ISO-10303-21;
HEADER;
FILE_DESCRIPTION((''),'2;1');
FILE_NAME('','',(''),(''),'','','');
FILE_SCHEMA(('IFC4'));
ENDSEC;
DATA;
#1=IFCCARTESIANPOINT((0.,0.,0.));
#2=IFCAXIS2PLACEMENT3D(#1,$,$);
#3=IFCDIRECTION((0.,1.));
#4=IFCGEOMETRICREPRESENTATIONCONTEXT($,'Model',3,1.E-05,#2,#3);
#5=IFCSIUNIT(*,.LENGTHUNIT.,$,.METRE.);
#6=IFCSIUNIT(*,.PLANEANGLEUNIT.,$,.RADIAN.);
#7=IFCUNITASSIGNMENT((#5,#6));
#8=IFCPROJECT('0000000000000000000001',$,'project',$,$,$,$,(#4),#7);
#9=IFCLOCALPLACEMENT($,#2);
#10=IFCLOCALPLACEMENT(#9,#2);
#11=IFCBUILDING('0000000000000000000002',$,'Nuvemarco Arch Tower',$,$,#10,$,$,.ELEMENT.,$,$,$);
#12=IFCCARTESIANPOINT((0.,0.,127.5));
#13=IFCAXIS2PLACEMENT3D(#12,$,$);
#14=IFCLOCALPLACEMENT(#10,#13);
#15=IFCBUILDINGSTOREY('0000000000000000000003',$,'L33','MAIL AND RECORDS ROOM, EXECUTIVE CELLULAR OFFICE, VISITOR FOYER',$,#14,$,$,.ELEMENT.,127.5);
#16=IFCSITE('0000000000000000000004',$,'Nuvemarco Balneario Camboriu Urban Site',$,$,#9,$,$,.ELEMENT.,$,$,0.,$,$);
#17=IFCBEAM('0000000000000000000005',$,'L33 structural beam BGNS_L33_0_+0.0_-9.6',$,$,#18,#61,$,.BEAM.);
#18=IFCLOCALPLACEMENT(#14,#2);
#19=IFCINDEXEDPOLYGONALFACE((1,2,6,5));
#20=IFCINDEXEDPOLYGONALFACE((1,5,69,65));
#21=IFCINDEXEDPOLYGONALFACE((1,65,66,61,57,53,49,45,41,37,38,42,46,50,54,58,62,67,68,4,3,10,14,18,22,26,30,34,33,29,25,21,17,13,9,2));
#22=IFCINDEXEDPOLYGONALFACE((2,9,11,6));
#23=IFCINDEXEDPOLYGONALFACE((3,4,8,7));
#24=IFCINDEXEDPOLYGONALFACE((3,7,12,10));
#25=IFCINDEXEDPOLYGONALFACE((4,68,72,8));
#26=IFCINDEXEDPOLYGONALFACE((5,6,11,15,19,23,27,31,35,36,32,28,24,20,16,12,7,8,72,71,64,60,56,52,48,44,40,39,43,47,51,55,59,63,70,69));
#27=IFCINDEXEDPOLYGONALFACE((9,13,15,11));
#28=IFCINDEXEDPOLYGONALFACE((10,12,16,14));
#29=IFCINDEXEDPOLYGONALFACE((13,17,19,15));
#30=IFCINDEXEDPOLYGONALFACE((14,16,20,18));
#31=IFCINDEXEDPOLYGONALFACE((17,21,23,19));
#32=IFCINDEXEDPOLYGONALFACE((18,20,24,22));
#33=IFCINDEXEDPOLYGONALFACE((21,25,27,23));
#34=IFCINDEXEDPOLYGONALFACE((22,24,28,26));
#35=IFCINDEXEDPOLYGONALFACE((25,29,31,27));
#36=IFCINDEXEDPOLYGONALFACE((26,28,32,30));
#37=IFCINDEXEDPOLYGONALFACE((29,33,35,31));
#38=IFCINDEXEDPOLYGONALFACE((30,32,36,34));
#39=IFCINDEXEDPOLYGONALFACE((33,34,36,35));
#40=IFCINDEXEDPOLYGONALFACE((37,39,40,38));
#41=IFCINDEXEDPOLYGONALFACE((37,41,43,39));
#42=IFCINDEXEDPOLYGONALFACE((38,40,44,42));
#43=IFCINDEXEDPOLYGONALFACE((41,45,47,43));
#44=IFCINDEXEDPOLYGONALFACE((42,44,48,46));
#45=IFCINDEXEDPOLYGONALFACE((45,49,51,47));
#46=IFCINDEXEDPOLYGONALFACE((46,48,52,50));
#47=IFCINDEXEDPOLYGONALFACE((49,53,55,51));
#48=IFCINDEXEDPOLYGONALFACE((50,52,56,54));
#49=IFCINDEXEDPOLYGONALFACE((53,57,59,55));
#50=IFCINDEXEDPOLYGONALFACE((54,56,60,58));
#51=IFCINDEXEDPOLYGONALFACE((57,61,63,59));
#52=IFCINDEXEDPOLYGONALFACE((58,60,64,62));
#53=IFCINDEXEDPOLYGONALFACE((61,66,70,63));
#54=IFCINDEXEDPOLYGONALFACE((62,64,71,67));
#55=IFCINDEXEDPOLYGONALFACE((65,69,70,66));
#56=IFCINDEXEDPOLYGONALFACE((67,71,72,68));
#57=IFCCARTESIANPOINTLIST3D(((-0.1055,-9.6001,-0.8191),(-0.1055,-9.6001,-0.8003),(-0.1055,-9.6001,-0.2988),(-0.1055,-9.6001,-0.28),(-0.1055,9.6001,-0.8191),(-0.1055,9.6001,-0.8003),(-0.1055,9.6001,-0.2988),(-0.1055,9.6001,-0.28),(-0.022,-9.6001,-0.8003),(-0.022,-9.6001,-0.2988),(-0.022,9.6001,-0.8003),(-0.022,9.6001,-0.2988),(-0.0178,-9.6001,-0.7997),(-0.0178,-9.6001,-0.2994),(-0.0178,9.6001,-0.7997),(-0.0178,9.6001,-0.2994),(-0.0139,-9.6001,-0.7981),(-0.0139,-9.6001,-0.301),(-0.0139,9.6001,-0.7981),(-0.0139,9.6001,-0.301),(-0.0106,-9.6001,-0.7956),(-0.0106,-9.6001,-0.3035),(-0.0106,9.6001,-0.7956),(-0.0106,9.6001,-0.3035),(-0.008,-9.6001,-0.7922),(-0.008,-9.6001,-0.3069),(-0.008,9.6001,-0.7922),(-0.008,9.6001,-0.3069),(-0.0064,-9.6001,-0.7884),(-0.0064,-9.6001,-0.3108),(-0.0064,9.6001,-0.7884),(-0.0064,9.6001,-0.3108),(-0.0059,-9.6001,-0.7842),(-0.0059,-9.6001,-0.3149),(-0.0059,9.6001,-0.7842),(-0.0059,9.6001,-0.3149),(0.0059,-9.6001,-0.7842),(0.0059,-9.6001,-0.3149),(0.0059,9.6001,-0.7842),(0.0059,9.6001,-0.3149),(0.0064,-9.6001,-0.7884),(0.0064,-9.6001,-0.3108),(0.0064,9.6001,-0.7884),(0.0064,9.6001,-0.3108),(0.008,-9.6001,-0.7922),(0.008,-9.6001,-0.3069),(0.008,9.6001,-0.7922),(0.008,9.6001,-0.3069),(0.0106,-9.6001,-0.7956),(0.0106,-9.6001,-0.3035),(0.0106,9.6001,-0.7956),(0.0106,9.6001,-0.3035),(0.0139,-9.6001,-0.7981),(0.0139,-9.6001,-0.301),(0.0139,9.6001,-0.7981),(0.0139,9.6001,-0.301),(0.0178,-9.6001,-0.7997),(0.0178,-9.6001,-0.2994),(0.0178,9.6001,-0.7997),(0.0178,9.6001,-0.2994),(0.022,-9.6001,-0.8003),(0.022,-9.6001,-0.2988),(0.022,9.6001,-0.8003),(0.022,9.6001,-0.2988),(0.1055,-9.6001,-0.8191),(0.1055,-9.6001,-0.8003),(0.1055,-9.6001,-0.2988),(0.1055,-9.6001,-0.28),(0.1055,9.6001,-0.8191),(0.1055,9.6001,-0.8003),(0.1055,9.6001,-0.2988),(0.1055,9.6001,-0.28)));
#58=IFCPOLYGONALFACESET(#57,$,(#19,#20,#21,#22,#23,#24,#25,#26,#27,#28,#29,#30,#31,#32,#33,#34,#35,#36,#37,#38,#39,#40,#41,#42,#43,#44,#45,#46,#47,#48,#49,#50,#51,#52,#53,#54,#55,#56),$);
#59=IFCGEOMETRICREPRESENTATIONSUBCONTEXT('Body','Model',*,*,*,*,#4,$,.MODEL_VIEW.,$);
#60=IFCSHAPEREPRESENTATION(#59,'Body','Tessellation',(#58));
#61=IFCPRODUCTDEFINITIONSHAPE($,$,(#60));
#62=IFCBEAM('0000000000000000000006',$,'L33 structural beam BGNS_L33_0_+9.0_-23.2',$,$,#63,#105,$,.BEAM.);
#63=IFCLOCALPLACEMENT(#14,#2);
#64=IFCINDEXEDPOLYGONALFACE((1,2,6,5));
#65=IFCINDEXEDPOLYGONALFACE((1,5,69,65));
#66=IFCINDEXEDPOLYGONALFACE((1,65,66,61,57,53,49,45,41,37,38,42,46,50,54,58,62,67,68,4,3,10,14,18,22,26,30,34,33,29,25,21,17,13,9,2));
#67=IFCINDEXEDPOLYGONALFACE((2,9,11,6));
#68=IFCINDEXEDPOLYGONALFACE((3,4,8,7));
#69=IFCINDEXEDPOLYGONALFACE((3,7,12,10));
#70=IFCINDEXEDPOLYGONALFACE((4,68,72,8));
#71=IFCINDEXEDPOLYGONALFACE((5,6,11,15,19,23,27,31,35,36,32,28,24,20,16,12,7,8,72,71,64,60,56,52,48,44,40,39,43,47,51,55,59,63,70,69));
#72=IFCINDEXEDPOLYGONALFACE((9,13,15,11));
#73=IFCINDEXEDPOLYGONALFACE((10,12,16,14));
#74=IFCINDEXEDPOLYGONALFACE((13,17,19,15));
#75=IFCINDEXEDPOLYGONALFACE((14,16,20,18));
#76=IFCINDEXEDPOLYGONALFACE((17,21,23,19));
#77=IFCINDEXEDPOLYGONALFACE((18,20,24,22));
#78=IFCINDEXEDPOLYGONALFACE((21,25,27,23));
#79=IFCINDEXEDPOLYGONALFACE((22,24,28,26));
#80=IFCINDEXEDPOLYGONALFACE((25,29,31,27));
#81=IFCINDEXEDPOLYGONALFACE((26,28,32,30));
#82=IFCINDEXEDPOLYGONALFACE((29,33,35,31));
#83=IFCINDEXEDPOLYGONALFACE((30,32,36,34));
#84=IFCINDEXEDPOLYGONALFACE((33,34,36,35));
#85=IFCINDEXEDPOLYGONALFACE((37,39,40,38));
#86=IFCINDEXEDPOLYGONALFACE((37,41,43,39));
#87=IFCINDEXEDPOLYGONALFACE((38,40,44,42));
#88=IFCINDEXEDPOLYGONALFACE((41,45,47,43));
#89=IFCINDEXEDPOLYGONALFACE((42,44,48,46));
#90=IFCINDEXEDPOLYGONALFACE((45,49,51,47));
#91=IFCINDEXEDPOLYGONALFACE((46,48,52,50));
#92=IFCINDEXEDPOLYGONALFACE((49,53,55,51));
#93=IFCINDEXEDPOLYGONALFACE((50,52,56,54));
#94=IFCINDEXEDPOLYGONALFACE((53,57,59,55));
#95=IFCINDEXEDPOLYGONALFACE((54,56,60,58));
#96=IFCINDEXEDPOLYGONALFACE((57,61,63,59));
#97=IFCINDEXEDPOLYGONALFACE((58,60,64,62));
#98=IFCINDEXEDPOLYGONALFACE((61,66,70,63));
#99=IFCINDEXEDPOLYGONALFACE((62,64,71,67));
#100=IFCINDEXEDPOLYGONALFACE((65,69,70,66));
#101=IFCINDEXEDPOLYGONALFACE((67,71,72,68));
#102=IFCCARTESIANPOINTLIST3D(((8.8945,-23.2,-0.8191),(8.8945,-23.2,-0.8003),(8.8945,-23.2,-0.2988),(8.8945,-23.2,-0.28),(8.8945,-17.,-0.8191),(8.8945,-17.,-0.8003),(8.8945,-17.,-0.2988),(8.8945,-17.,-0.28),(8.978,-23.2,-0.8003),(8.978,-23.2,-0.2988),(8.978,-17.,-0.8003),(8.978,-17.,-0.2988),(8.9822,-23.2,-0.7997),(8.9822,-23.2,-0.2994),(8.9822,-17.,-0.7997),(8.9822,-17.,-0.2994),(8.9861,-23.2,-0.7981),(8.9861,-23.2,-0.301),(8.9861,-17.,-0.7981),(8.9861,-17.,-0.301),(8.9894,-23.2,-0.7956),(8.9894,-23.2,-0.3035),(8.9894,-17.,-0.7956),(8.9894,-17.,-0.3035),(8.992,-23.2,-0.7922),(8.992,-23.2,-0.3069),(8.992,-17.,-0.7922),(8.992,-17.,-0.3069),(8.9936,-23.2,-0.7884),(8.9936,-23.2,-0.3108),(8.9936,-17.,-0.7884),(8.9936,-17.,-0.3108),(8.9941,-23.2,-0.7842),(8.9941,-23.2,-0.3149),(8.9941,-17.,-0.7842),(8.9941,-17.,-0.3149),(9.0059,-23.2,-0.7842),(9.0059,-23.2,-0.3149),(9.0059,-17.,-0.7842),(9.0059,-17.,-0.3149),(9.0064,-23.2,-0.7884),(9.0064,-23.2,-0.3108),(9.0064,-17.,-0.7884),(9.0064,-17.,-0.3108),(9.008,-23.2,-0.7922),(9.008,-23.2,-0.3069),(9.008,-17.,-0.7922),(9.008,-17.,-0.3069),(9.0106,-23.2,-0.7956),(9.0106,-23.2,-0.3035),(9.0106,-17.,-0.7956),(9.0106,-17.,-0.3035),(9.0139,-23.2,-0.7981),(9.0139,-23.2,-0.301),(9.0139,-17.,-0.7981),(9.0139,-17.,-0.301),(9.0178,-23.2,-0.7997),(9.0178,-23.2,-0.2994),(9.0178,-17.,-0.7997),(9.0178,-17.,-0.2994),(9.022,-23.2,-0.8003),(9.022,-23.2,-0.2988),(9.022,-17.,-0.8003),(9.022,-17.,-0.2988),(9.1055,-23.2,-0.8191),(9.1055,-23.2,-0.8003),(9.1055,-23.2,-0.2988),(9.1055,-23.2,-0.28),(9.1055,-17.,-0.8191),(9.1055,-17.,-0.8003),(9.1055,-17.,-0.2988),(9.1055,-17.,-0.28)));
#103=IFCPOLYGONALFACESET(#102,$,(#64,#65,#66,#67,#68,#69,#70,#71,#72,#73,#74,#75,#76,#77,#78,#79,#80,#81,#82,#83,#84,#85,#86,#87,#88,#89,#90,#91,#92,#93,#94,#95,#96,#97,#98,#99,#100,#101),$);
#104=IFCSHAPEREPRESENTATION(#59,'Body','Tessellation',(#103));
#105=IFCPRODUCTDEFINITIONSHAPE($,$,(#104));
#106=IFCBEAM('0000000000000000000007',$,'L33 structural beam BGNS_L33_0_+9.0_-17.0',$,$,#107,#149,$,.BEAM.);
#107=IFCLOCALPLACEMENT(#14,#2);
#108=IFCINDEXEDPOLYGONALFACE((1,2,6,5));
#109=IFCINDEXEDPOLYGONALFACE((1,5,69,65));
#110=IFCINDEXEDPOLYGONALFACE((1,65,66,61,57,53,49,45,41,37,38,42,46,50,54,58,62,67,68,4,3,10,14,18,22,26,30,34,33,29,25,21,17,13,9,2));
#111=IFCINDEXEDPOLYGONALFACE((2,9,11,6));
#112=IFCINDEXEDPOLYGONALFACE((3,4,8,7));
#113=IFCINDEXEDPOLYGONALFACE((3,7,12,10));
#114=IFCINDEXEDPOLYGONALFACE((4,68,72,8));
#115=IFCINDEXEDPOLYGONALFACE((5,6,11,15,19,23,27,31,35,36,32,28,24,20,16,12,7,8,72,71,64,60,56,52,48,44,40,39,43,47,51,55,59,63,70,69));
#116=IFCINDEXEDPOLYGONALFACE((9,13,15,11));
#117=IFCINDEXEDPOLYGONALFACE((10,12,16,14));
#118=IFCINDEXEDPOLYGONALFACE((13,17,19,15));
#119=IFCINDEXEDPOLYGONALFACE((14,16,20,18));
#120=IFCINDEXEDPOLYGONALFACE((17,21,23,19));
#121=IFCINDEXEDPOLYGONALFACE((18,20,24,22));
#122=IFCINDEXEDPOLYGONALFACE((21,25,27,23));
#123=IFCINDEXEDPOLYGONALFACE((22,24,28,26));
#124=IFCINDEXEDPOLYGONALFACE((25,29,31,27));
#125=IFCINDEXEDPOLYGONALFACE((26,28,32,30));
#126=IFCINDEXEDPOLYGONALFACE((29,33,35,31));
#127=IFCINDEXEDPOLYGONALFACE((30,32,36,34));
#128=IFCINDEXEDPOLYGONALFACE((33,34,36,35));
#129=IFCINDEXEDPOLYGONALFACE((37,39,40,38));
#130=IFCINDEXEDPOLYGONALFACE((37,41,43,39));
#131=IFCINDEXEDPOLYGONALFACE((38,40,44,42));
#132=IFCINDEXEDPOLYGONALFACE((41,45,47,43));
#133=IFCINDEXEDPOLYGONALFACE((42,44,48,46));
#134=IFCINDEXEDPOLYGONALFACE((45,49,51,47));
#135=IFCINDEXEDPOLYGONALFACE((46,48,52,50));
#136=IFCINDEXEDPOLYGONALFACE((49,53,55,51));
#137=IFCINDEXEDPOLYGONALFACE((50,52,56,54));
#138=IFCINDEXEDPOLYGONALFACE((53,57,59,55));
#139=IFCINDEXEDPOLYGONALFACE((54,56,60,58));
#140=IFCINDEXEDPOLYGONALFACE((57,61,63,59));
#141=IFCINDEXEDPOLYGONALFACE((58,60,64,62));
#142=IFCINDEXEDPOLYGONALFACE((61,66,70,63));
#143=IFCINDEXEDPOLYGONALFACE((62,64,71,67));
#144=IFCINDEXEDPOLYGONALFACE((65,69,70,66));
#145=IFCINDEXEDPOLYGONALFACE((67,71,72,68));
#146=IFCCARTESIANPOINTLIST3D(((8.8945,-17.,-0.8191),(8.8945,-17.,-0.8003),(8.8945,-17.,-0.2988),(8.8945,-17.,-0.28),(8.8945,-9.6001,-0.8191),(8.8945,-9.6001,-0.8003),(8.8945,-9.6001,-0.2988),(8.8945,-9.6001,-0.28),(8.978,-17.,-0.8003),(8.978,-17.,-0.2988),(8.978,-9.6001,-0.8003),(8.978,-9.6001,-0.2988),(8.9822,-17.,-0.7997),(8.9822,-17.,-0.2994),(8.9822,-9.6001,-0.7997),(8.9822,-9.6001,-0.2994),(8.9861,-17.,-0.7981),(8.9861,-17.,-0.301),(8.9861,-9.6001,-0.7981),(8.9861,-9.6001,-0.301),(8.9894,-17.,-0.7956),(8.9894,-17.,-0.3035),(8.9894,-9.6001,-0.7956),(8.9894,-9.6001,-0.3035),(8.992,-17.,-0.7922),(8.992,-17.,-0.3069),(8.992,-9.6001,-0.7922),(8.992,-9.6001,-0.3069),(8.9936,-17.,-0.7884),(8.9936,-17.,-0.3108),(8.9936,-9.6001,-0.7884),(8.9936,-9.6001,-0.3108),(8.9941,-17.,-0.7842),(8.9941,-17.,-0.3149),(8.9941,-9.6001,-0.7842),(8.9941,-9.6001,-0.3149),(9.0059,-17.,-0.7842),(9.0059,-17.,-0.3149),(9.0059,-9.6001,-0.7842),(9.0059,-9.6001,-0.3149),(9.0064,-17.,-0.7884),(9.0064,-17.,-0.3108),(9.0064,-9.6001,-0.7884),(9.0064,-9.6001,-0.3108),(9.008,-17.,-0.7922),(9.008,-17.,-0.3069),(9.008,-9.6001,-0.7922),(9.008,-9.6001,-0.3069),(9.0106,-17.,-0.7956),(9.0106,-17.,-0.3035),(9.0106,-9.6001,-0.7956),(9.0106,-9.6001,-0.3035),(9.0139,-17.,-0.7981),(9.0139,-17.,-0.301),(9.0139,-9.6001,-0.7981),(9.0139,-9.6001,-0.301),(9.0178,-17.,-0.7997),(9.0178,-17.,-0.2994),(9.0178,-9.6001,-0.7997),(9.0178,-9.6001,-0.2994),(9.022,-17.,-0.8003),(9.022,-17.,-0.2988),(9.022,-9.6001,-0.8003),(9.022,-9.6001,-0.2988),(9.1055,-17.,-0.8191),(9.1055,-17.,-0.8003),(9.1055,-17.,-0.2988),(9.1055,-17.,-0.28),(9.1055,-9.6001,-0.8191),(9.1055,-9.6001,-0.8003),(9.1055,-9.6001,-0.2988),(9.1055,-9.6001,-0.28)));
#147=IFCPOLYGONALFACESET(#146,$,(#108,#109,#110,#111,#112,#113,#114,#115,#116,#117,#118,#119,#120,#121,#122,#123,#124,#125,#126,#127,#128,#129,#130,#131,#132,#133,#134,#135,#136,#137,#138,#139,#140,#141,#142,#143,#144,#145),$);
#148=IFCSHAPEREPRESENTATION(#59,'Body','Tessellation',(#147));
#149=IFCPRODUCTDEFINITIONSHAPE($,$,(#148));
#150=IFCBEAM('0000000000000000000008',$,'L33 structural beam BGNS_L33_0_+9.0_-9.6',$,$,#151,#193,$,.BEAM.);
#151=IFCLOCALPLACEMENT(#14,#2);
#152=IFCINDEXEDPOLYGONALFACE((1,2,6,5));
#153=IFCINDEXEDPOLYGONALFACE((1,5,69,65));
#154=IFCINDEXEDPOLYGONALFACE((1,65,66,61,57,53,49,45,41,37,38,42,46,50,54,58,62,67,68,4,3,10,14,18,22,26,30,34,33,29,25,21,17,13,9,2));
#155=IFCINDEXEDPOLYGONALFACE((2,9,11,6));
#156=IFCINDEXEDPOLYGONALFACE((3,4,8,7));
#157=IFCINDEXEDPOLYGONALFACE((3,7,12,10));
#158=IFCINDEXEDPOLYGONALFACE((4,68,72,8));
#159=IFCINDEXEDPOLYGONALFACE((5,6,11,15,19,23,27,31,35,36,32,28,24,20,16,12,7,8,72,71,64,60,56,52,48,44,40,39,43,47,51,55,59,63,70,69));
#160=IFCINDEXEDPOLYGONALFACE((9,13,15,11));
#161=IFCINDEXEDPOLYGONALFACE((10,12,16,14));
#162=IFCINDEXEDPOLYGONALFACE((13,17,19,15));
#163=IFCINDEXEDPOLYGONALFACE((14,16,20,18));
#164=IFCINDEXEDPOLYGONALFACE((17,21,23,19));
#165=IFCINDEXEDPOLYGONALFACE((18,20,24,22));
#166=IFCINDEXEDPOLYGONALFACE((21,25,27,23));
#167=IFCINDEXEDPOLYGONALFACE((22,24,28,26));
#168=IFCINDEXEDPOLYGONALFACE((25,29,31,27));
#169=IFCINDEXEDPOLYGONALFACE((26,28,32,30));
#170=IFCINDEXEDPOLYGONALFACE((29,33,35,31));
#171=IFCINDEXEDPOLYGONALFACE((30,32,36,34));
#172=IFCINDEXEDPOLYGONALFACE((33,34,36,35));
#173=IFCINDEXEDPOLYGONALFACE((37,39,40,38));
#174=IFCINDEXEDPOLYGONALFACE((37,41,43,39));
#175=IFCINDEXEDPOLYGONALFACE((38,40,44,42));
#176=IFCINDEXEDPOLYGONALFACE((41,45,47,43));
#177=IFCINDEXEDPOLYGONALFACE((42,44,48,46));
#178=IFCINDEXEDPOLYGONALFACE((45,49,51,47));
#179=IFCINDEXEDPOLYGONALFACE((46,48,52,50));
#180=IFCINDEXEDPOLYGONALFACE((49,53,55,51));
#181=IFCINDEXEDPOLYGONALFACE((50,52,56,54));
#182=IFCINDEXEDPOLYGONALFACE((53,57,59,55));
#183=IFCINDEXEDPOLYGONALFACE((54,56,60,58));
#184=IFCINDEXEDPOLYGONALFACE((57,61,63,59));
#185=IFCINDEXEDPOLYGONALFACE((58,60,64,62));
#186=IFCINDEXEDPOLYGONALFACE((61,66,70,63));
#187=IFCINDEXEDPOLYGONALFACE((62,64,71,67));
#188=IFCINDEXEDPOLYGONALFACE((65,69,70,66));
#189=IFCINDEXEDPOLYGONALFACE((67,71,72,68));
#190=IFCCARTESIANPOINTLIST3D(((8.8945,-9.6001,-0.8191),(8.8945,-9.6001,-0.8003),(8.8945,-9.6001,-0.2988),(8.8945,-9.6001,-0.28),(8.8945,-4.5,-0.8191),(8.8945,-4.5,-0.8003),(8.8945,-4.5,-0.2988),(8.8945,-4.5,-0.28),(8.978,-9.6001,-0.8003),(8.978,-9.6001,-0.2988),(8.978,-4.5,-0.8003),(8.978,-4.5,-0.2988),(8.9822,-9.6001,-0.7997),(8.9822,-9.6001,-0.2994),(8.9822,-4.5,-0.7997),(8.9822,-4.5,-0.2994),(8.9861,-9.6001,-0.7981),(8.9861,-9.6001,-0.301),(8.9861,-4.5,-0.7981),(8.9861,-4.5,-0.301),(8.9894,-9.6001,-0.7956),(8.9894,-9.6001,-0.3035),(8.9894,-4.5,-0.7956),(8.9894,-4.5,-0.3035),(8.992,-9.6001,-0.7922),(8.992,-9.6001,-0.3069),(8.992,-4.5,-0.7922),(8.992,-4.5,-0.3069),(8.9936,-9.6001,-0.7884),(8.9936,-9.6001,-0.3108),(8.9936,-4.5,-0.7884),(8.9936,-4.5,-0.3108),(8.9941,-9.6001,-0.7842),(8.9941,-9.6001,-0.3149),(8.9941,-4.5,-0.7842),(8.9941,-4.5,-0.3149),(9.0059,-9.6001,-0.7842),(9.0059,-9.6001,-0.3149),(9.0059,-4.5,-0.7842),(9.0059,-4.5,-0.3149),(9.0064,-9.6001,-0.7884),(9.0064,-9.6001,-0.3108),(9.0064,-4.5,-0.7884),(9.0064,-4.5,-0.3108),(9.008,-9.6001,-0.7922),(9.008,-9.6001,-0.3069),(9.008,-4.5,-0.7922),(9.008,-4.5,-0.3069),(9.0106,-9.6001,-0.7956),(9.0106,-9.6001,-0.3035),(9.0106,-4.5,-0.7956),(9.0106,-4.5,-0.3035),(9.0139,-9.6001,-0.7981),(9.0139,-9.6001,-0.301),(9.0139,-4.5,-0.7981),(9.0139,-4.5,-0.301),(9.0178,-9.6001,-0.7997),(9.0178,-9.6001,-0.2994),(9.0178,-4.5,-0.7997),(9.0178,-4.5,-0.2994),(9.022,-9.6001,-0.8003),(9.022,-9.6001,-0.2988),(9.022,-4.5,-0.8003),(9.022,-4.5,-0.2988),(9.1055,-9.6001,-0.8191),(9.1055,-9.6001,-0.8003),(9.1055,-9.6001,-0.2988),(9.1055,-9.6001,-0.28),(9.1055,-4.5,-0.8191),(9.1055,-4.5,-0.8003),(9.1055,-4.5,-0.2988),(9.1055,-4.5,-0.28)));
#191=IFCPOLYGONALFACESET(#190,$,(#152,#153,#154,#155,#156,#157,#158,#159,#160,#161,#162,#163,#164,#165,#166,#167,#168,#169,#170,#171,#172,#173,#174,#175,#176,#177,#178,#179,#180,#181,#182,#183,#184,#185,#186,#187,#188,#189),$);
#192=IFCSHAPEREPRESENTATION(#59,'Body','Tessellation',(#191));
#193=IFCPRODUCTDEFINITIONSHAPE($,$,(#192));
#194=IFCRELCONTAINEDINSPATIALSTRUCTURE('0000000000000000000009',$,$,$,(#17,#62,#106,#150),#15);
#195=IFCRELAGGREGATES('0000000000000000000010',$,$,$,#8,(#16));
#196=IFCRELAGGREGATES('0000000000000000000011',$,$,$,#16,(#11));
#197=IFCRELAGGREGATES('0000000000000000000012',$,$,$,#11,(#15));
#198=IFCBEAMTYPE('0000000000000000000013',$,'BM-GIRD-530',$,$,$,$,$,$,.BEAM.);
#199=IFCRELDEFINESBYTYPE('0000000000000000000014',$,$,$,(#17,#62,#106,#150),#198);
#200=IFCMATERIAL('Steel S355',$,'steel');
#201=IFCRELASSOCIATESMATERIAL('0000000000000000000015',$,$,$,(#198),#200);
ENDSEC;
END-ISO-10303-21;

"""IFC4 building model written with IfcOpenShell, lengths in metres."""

from ifc_helpers import new_model, si_unit, direction, frame, origin, origin_2d, place, context, subcontext, project, spatial, i_section, extrude, material, material_profile, profile_set, type_object, element, save


model = new_model("IFC4")

# Units and contexts
model_context = context("Model", 3, precision=1e-05, world=origin(), true_north=direction((0.0, 1.0)))
body_context = subcontext(model_context, "Body", "Model", "MODEL_VIEW")
ifc_project = project(units=[si_unit("LENGTHUNIT", "METRE"), si_unit("PLANEANGLEUNIT", "RADIAN")], contexts=[model_context])

# Site, building, storey
site_placement = place(None, origin())
site = spatial("IfcSite", under=ifc_project, at=site_placement, Name="Nuvemarco Balneario Camboriu Urban Site", CompositionType="ELEMENT", RefElevation=0.0)
building_placement = place(site_placement, origin())
building = spatial("IfcBuilding", under=site, at=building_placement, Name="Nuvemarco Arch Tower", CompositionType="ELEMENT")
storey_placement = place(building_placement, frame((0.0, 0.0, 127.5)))
storey = spatial("IfcBuildingStorey", under=building, at=storey_placement, Name="L33", Description="MAIL AND RECORDS ROOM, EXECUTIVE CELLULAR OFFICE, VISITOR FOYER", CompositionType="ELEMENT", Elevation=127.5)

# Shared definitions
ifc_material_1 = material(Name="Steel S355", Category="steel")

# Beams
ifc_material_profile_1 = material_profile(ifc_material_1, i_section(OverallWidth=0.2109, OverallDepth=0.5391, WebThickness=0.0117, FlangeThickness=0.0188, FilletRadius=0.0161, at=origin_2d()), Name="W530x109")
ifc_profile_set_1 = profile_set([ifc_material_profile_1], Name="Steel S355")
beam_type_1 = type_object("IfcBeamType", Name="BM-GIRD-530", PredefinedType="BEAM", material=ifc_profile_set_1)
beam_1_placement = place(storey_placement, frame((0.0, -9.6001, -0.5496), z_axis=(0.0, 1.0, 0.0), x_axis=(-1.0, 0.0, 0.0)))
element("IfcBeam", 1, at=beam_1_placement, inside=storey, type_object=beam_type_1, Name="L33 structural beam BGNS_L33_0_+0.0_-9.6", PredefinedType="BEAM", context=body_context, shape_type="SweptSolid", body=[
    extrude(i_section(OverallWidth=0.2109, OverallDepth=0.5391, WebThickness=0.0117, FlangeThickness=0.0188, FilletRadius=0.0161, at=origin_2d()), origin(), (0.0, 0.0, 1.0), 19.2002),
])
beam_2_placement = place(storey_placement, frame((9.0, -23.2, -0.5496), z_axis=(0.0, 1.0, 0.0), x_axis=(-1.0, 0.0, 0.0)))
element("IfcBeam", 2, at=beam_2_placement, inside=storey, type_object=beam_type_1, Name="L33 structural beam BGNS_L33_0_+9.0_-23.2", PredefinedType="BEAM", context=body_context, shape_type="SweptSolid", body=[
    extrude(i_section(OverallWidth=0.2109, OverallDepth=0.5391, WebThickness=0.0117, FlangeThickness=0.0188, FilletRadius=0.0161, at=origin_2d()), origin(), (0.0, 0.0, 1.0), 6.2),
])
beam_3_placement = place(storey_placement, frame((9.0, -17.0, -0.5496), z_axis=(0.0, 1.0, 0.0), x_axis=(-1.0, 0.0, 0.0)))
element("IfcBeam", 3, at=beam_3_placement, inside=storey, type_object=beam_type_1, Name="L33 structural beam BGNS_L33_0_+9.0_-17.0", PredefinedType="BEAM", context=body_context, shape_type="SweptSolid", body=[
    extrude(i_section(OverallWidth=0.2109, OverallDepth=0.5391, WebThickness=0.0117, FlangeThickness=0.0188, FilletRadius=0.0161, at=origin_2d()), origin(), (0.0, 0.0, 1.0), 7.3999),
])
beam_4_placement = place(storey_placement, frame((9.0, -9.6001, -0.5496), z_axis=(0.0, 1.0, 0.0), x_axis=(-1.0, 0.0, 0.0)))
element("IfcBeam", 4, at=beam_4_placement, inside=storey, type_object=beam_type_1, Name="L33 structural beam BGNS_L33_0_+9.0_-9.6", PredefinedType="BEAM", context=body_context, shape_type="SweptSolid", body=[
    extrude(i_section(OverallWidth=0.2109, OverallDepth=0.5391, WebThickness=0.0117, FlangeThickness=0.0188, FilletRadius=0.0161, at=origin_2d()), origin(), (0.0, 0.0, 1.0), 5.1001),
])

save(model, "model.ifc")
